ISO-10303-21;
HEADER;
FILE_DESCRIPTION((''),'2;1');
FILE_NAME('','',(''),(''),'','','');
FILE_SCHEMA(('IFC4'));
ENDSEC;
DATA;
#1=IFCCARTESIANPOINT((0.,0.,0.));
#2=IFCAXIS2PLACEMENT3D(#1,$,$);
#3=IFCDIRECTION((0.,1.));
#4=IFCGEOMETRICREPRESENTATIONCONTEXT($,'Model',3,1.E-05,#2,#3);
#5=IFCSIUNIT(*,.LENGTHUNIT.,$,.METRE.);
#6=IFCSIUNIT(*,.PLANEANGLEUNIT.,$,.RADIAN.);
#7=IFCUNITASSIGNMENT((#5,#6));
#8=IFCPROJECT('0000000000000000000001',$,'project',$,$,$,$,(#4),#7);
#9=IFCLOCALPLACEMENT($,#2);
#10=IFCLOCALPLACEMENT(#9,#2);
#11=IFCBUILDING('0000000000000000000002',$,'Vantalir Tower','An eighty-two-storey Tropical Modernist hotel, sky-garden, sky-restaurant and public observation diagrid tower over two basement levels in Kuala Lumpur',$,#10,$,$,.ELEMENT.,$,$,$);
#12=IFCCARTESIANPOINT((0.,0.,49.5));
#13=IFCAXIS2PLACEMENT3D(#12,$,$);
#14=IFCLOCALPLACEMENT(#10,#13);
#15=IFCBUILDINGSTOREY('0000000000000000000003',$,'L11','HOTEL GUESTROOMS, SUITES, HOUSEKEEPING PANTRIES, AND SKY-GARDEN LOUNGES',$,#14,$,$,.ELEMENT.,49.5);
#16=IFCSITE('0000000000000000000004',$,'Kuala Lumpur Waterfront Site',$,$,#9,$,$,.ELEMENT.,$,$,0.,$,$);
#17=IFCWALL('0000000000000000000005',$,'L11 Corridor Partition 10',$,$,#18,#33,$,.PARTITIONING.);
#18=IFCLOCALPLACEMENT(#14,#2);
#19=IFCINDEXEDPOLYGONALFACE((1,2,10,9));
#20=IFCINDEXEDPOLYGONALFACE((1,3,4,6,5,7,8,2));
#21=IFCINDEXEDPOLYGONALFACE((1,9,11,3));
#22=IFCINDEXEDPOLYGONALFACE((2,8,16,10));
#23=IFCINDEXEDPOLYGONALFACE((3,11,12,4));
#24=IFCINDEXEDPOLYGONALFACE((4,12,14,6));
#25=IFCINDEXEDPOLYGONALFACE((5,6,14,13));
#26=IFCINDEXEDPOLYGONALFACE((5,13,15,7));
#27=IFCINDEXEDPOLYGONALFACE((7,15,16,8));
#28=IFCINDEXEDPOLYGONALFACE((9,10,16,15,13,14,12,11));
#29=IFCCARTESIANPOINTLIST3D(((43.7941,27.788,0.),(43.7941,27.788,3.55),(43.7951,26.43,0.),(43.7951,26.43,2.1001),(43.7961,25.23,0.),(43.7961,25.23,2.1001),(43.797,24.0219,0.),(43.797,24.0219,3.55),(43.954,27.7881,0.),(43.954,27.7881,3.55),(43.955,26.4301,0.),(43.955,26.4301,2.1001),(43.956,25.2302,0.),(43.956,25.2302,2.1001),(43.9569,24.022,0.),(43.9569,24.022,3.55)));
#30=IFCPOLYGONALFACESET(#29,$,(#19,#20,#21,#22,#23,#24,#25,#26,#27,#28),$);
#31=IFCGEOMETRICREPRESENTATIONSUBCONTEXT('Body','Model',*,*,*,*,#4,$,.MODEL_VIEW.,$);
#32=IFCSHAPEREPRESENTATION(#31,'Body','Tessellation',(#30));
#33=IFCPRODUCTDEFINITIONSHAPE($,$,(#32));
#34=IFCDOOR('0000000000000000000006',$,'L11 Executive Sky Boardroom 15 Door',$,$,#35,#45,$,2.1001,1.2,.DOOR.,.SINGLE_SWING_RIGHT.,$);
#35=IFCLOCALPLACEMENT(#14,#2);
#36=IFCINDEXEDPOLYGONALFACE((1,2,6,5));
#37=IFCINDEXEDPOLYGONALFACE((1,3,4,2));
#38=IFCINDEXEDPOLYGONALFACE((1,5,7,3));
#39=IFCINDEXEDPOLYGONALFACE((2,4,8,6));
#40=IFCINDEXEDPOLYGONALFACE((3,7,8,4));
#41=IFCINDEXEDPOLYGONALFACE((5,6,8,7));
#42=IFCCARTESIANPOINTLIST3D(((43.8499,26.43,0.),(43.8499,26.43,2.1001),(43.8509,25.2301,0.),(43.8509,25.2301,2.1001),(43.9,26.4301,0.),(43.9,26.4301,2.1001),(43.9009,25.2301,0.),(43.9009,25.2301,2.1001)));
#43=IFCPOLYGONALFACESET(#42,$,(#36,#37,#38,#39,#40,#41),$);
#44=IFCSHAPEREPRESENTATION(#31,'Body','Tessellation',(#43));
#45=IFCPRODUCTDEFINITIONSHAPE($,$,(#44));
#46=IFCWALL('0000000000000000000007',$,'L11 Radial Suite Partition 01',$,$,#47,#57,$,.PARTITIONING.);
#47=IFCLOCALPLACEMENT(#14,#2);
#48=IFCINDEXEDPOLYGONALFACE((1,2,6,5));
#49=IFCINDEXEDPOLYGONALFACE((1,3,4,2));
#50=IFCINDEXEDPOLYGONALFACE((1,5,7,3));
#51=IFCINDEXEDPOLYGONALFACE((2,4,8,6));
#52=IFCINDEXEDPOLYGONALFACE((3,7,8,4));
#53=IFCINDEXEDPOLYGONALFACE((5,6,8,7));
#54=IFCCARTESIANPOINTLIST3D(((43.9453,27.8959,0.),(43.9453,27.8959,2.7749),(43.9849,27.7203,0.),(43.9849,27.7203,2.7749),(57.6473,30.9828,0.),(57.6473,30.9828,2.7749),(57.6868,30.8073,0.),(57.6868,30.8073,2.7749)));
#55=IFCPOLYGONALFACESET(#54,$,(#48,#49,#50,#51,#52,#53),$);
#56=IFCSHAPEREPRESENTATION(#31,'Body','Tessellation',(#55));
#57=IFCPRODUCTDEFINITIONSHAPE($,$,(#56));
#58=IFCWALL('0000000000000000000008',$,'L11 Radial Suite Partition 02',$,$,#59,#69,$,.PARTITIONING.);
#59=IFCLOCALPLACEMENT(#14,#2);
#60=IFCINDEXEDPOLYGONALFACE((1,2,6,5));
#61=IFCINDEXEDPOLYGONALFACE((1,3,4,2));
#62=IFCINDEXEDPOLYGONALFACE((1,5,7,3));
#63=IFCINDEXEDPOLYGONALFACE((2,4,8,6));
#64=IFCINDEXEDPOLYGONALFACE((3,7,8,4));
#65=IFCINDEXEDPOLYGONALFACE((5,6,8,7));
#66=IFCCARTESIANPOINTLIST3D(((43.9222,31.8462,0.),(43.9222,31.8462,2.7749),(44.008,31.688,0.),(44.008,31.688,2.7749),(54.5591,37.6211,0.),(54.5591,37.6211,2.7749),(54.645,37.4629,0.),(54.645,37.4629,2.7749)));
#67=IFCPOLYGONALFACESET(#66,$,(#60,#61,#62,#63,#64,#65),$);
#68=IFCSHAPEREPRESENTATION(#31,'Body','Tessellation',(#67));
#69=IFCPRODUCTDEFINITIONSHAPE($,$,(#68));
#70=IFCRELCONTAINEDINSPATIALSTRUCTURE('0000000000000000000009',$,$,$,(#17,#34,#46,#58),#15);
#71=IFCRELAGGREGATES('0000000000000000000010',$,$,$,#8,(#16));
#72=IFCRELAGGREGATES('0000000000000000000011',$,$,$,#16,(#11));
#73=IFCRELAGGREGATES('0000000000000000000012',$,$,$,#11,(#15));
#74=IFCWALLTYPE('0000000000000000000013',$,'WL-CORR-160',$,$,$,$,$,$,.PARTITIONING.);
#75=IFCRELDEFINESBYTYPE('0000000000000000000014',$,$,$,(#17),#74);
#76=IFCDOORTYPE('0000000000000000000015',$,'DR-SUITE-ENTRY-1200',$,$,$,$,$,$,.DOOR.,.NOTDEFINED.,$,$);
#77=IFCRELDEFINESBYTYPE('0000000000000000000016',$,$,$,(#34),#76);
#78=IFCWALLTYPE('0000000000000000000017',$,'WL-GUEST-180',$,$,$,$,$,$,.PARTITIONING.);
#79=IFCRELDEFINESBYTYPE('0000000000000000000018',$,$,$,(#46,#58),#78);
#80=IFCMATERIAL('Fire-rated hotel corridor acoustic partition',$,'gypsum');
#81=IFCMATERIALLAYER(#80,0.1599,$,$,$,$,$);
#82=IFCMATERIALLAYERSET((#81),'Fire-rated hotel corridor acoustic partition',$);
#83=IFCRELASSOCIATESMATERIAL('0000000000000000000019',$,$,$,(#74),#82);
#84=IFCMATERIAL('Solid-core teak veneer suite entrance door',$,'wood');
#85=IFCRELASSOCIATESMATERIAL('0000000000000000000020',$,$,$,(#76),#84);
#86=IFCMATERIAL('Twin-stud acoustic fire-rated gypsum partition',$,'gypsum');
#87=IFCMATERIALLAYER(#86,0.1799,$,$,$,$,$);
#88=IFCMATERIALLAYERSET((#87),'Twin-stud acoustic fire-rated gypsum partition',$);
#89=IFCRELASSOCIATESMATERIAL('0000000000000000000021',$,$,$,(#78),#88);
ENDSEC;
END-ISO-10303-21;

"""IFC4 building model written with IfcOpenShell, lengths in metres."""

from ifc_helpers import new_model, si_unit, direction, frame, frame_2d, origin, place, context, subcontext, project, spatial, rectangle, extrude, material, layer, layer_set, type_object, element, fill, save


model = new_model("IFC4")

# Units and contexts
model_context = context("Model", 3, precision=1e-05, world=origin(), true_north=direction((0.0, 1.0)))
body_context = subcontext(model_context, "Body", "Model", "MODEL_VIEW")
ifc_project = project(units=[si_unit("LENGTHUNIT", "METRE"), si_unit("PLANEANGLEUNIT", "RADIAN")], contexts=[model_context])

# Site, building, storey
site_placement = place(None, origin())
site = spatial("IfcSite", under=ifc_project, at=site_placement, Name="Kuala Lumpur Waterfront Site", CompositionType="ELEMENT", RefElevation=0.0)
building_placement = place(site_placement, origin())
building = spatial("IfcBuilding", under=site, at=building_placement, Name="Vantalir Tower", Description="An eighty-two-storey Tropical Modernist hotel, sky-garden, sky-restaurant and public observation diagrid tower over two basement levels in Kuala Lumpur", CompositionType="ELEMENT")
storey_placement = place(building_placement, frame((0.0, 0.0, 49.5)))
storey = spatial("IfcBuildingStorey", under=building, at=storey_placement, Name="L11", Description="HOTEL GUESTROOMS, SUITES, HOUSEKEEPING PANTRIES, AND SKY-GARDEN LOUNGES", CompositionType="ELEMENT", Elevation=49.5)

# Wall, opening, door
ifc_material_1 = material(Name="Fire-rated hotel corridor acoustic partition", Category="gypsum")
ifc_layer_1 = layer(ifc_material_1, 0.1599)
ifc_layer_set_1 = layer_set([ifc_layer_1], Name="Fire-rated hotel corridor acoustic partition")
wall_type_1 = type_object("IfcWallType", Name="WL-CORR-160", PredefinedType="PARTITIONING", material=ifc_layer_set_1)
wall_1_placement = place(storey_placement, frame((43.874, 27.7881, 0.0), z_axis=(0.0, 0.0, 1.0), x_axis=(0.000778, -1.0, 0.0)))
wall_1 = element("IfcWall", 1, at=wall_1_placement, inside=storey, type_object=wall_type_1, Name="L11 Corridor Partition 10", PredefinedType="PARTITIONING", context=body_context, shape_type="SweptSolid", body=[
    extrude(rectangle(XDim=3.7661, YDim=0.1599, at=frame_2d((1.8831, 0.0))), origin(), (0.0, 0.0, 1.0), 3.55),
])
opening_1_placement = place(wall_1_placement, frame((1.3579, 0.0, 0.0)))
opening_1 = element("IfcOpeningElement", 2, at=opening_1_placement, cuts=wall_1, PredefinedType="OPENING", context=body_context, shape_type="SweptSolid", body=[
    extrude(rectangle(XDim=1.2, YDim=2.1001, at=frame_2d((0.6001, 1.05))), frame((0.0, 0.0898, 0.0), z_axis=(0.0, -1.0, 0.0), x_axis=(1.0, 0.0, 0.0)), (0.0, 0.0, 1.0), 0.1799),
])
ifc_material_2 = material(Name="Solid-core teak veneer suite entrance door", Category="wood")
door_type_1 = type_object("IfcDoorType", Name="DR-SUITE-ENTRY-1200", OperationType="NOTDEFINED", PredefinedType="DOOR", material=ifc_material_2)
door_1_placement = place(opening_1_placement, origin())
door_1 = element("IfcDoor", 3, at=door_1_placement, inside=storey, type_object=door_type_1, Name="L11 Executive Sky Boardroom 15 Door", OperationType="SINGLE_SWING_RIGHT", OverallHeight=2.1001, OverallWidth=1.2, PredefinedType="DOOR", context=body_context, shape_type="SweptSolid", body=[
    extrude(rectangle(XDim=1.2, YDim=2.1001, at=frame_2d((0.6001, 1.05))), frame((0.0, 0.0249, 0.0), z_axis=(0.0, -1.0, 0.0), x_axis=(1.0, 0.0, 0.0)), (0.0, 0.0, 1.0), 0.05),
])
fill(opening_1, door_1)

# Walls
ifc_material_3 = material(Name="Twin-stud acoustic fire-rated gypsum partition", Category="gypsum")
ifc_layer_2 = layer(ifc_material_3, 0.1799)
ifc_layer_set_2 = layer_set([ifc_layer_2], Name="Twin-stud acoustic fire-rated gypsum partition")
wall_type_2 = type_object("IfcWallType", Name="WL-GUEST-180", PredefinedType="PARTITIONING", material=ifc_layer_set_2)
wall_2_placement = place(storey_placement, frame((43.9651, 27.8081, 0.0), z_axis=(0.0, 0.0, 1.0), x_axis=(0.975549, 0.219782, 0.0)))
element("IfcWall", 4, at=wall_2_placement, inside=storey, type_object=wall_type_2, Name="L11 Radial Suite Partition 01", PredefinedType="PARTITIONING", context=body_context, shape_type="SweptSolid", body=[
    extrude(rectangle(XDim=14.0454, YDim=0.1799, at=frame_2d((7.0227, 0.0))), origin(), (0.0, 0.0, 1.0), 2.7749),
])
wall_3_placement = place(storey_placement, frame((43.9651, 31.7671, 0.0), z_axis=(0.0, 0.0, 1.0), x_axis=(0.878834, 0.477127, 0.0)))
element("IfcWall", 5, at=wall_3_placement, inside=storey, type_object=wall_type_2, Name="L11 Radial Suite Partition 02", PredefinedType="PARTITIONING", context=body_context, shape_type="SweptSolid", body=[
    extrude(rectangle(XDim=12.1035, YDim=0.1799, at=frame_2d((6.0518, 0.0))), origin(), (0.0, 0.0, 1.0), 2.7749),
])

save(model, "model.ifc")
